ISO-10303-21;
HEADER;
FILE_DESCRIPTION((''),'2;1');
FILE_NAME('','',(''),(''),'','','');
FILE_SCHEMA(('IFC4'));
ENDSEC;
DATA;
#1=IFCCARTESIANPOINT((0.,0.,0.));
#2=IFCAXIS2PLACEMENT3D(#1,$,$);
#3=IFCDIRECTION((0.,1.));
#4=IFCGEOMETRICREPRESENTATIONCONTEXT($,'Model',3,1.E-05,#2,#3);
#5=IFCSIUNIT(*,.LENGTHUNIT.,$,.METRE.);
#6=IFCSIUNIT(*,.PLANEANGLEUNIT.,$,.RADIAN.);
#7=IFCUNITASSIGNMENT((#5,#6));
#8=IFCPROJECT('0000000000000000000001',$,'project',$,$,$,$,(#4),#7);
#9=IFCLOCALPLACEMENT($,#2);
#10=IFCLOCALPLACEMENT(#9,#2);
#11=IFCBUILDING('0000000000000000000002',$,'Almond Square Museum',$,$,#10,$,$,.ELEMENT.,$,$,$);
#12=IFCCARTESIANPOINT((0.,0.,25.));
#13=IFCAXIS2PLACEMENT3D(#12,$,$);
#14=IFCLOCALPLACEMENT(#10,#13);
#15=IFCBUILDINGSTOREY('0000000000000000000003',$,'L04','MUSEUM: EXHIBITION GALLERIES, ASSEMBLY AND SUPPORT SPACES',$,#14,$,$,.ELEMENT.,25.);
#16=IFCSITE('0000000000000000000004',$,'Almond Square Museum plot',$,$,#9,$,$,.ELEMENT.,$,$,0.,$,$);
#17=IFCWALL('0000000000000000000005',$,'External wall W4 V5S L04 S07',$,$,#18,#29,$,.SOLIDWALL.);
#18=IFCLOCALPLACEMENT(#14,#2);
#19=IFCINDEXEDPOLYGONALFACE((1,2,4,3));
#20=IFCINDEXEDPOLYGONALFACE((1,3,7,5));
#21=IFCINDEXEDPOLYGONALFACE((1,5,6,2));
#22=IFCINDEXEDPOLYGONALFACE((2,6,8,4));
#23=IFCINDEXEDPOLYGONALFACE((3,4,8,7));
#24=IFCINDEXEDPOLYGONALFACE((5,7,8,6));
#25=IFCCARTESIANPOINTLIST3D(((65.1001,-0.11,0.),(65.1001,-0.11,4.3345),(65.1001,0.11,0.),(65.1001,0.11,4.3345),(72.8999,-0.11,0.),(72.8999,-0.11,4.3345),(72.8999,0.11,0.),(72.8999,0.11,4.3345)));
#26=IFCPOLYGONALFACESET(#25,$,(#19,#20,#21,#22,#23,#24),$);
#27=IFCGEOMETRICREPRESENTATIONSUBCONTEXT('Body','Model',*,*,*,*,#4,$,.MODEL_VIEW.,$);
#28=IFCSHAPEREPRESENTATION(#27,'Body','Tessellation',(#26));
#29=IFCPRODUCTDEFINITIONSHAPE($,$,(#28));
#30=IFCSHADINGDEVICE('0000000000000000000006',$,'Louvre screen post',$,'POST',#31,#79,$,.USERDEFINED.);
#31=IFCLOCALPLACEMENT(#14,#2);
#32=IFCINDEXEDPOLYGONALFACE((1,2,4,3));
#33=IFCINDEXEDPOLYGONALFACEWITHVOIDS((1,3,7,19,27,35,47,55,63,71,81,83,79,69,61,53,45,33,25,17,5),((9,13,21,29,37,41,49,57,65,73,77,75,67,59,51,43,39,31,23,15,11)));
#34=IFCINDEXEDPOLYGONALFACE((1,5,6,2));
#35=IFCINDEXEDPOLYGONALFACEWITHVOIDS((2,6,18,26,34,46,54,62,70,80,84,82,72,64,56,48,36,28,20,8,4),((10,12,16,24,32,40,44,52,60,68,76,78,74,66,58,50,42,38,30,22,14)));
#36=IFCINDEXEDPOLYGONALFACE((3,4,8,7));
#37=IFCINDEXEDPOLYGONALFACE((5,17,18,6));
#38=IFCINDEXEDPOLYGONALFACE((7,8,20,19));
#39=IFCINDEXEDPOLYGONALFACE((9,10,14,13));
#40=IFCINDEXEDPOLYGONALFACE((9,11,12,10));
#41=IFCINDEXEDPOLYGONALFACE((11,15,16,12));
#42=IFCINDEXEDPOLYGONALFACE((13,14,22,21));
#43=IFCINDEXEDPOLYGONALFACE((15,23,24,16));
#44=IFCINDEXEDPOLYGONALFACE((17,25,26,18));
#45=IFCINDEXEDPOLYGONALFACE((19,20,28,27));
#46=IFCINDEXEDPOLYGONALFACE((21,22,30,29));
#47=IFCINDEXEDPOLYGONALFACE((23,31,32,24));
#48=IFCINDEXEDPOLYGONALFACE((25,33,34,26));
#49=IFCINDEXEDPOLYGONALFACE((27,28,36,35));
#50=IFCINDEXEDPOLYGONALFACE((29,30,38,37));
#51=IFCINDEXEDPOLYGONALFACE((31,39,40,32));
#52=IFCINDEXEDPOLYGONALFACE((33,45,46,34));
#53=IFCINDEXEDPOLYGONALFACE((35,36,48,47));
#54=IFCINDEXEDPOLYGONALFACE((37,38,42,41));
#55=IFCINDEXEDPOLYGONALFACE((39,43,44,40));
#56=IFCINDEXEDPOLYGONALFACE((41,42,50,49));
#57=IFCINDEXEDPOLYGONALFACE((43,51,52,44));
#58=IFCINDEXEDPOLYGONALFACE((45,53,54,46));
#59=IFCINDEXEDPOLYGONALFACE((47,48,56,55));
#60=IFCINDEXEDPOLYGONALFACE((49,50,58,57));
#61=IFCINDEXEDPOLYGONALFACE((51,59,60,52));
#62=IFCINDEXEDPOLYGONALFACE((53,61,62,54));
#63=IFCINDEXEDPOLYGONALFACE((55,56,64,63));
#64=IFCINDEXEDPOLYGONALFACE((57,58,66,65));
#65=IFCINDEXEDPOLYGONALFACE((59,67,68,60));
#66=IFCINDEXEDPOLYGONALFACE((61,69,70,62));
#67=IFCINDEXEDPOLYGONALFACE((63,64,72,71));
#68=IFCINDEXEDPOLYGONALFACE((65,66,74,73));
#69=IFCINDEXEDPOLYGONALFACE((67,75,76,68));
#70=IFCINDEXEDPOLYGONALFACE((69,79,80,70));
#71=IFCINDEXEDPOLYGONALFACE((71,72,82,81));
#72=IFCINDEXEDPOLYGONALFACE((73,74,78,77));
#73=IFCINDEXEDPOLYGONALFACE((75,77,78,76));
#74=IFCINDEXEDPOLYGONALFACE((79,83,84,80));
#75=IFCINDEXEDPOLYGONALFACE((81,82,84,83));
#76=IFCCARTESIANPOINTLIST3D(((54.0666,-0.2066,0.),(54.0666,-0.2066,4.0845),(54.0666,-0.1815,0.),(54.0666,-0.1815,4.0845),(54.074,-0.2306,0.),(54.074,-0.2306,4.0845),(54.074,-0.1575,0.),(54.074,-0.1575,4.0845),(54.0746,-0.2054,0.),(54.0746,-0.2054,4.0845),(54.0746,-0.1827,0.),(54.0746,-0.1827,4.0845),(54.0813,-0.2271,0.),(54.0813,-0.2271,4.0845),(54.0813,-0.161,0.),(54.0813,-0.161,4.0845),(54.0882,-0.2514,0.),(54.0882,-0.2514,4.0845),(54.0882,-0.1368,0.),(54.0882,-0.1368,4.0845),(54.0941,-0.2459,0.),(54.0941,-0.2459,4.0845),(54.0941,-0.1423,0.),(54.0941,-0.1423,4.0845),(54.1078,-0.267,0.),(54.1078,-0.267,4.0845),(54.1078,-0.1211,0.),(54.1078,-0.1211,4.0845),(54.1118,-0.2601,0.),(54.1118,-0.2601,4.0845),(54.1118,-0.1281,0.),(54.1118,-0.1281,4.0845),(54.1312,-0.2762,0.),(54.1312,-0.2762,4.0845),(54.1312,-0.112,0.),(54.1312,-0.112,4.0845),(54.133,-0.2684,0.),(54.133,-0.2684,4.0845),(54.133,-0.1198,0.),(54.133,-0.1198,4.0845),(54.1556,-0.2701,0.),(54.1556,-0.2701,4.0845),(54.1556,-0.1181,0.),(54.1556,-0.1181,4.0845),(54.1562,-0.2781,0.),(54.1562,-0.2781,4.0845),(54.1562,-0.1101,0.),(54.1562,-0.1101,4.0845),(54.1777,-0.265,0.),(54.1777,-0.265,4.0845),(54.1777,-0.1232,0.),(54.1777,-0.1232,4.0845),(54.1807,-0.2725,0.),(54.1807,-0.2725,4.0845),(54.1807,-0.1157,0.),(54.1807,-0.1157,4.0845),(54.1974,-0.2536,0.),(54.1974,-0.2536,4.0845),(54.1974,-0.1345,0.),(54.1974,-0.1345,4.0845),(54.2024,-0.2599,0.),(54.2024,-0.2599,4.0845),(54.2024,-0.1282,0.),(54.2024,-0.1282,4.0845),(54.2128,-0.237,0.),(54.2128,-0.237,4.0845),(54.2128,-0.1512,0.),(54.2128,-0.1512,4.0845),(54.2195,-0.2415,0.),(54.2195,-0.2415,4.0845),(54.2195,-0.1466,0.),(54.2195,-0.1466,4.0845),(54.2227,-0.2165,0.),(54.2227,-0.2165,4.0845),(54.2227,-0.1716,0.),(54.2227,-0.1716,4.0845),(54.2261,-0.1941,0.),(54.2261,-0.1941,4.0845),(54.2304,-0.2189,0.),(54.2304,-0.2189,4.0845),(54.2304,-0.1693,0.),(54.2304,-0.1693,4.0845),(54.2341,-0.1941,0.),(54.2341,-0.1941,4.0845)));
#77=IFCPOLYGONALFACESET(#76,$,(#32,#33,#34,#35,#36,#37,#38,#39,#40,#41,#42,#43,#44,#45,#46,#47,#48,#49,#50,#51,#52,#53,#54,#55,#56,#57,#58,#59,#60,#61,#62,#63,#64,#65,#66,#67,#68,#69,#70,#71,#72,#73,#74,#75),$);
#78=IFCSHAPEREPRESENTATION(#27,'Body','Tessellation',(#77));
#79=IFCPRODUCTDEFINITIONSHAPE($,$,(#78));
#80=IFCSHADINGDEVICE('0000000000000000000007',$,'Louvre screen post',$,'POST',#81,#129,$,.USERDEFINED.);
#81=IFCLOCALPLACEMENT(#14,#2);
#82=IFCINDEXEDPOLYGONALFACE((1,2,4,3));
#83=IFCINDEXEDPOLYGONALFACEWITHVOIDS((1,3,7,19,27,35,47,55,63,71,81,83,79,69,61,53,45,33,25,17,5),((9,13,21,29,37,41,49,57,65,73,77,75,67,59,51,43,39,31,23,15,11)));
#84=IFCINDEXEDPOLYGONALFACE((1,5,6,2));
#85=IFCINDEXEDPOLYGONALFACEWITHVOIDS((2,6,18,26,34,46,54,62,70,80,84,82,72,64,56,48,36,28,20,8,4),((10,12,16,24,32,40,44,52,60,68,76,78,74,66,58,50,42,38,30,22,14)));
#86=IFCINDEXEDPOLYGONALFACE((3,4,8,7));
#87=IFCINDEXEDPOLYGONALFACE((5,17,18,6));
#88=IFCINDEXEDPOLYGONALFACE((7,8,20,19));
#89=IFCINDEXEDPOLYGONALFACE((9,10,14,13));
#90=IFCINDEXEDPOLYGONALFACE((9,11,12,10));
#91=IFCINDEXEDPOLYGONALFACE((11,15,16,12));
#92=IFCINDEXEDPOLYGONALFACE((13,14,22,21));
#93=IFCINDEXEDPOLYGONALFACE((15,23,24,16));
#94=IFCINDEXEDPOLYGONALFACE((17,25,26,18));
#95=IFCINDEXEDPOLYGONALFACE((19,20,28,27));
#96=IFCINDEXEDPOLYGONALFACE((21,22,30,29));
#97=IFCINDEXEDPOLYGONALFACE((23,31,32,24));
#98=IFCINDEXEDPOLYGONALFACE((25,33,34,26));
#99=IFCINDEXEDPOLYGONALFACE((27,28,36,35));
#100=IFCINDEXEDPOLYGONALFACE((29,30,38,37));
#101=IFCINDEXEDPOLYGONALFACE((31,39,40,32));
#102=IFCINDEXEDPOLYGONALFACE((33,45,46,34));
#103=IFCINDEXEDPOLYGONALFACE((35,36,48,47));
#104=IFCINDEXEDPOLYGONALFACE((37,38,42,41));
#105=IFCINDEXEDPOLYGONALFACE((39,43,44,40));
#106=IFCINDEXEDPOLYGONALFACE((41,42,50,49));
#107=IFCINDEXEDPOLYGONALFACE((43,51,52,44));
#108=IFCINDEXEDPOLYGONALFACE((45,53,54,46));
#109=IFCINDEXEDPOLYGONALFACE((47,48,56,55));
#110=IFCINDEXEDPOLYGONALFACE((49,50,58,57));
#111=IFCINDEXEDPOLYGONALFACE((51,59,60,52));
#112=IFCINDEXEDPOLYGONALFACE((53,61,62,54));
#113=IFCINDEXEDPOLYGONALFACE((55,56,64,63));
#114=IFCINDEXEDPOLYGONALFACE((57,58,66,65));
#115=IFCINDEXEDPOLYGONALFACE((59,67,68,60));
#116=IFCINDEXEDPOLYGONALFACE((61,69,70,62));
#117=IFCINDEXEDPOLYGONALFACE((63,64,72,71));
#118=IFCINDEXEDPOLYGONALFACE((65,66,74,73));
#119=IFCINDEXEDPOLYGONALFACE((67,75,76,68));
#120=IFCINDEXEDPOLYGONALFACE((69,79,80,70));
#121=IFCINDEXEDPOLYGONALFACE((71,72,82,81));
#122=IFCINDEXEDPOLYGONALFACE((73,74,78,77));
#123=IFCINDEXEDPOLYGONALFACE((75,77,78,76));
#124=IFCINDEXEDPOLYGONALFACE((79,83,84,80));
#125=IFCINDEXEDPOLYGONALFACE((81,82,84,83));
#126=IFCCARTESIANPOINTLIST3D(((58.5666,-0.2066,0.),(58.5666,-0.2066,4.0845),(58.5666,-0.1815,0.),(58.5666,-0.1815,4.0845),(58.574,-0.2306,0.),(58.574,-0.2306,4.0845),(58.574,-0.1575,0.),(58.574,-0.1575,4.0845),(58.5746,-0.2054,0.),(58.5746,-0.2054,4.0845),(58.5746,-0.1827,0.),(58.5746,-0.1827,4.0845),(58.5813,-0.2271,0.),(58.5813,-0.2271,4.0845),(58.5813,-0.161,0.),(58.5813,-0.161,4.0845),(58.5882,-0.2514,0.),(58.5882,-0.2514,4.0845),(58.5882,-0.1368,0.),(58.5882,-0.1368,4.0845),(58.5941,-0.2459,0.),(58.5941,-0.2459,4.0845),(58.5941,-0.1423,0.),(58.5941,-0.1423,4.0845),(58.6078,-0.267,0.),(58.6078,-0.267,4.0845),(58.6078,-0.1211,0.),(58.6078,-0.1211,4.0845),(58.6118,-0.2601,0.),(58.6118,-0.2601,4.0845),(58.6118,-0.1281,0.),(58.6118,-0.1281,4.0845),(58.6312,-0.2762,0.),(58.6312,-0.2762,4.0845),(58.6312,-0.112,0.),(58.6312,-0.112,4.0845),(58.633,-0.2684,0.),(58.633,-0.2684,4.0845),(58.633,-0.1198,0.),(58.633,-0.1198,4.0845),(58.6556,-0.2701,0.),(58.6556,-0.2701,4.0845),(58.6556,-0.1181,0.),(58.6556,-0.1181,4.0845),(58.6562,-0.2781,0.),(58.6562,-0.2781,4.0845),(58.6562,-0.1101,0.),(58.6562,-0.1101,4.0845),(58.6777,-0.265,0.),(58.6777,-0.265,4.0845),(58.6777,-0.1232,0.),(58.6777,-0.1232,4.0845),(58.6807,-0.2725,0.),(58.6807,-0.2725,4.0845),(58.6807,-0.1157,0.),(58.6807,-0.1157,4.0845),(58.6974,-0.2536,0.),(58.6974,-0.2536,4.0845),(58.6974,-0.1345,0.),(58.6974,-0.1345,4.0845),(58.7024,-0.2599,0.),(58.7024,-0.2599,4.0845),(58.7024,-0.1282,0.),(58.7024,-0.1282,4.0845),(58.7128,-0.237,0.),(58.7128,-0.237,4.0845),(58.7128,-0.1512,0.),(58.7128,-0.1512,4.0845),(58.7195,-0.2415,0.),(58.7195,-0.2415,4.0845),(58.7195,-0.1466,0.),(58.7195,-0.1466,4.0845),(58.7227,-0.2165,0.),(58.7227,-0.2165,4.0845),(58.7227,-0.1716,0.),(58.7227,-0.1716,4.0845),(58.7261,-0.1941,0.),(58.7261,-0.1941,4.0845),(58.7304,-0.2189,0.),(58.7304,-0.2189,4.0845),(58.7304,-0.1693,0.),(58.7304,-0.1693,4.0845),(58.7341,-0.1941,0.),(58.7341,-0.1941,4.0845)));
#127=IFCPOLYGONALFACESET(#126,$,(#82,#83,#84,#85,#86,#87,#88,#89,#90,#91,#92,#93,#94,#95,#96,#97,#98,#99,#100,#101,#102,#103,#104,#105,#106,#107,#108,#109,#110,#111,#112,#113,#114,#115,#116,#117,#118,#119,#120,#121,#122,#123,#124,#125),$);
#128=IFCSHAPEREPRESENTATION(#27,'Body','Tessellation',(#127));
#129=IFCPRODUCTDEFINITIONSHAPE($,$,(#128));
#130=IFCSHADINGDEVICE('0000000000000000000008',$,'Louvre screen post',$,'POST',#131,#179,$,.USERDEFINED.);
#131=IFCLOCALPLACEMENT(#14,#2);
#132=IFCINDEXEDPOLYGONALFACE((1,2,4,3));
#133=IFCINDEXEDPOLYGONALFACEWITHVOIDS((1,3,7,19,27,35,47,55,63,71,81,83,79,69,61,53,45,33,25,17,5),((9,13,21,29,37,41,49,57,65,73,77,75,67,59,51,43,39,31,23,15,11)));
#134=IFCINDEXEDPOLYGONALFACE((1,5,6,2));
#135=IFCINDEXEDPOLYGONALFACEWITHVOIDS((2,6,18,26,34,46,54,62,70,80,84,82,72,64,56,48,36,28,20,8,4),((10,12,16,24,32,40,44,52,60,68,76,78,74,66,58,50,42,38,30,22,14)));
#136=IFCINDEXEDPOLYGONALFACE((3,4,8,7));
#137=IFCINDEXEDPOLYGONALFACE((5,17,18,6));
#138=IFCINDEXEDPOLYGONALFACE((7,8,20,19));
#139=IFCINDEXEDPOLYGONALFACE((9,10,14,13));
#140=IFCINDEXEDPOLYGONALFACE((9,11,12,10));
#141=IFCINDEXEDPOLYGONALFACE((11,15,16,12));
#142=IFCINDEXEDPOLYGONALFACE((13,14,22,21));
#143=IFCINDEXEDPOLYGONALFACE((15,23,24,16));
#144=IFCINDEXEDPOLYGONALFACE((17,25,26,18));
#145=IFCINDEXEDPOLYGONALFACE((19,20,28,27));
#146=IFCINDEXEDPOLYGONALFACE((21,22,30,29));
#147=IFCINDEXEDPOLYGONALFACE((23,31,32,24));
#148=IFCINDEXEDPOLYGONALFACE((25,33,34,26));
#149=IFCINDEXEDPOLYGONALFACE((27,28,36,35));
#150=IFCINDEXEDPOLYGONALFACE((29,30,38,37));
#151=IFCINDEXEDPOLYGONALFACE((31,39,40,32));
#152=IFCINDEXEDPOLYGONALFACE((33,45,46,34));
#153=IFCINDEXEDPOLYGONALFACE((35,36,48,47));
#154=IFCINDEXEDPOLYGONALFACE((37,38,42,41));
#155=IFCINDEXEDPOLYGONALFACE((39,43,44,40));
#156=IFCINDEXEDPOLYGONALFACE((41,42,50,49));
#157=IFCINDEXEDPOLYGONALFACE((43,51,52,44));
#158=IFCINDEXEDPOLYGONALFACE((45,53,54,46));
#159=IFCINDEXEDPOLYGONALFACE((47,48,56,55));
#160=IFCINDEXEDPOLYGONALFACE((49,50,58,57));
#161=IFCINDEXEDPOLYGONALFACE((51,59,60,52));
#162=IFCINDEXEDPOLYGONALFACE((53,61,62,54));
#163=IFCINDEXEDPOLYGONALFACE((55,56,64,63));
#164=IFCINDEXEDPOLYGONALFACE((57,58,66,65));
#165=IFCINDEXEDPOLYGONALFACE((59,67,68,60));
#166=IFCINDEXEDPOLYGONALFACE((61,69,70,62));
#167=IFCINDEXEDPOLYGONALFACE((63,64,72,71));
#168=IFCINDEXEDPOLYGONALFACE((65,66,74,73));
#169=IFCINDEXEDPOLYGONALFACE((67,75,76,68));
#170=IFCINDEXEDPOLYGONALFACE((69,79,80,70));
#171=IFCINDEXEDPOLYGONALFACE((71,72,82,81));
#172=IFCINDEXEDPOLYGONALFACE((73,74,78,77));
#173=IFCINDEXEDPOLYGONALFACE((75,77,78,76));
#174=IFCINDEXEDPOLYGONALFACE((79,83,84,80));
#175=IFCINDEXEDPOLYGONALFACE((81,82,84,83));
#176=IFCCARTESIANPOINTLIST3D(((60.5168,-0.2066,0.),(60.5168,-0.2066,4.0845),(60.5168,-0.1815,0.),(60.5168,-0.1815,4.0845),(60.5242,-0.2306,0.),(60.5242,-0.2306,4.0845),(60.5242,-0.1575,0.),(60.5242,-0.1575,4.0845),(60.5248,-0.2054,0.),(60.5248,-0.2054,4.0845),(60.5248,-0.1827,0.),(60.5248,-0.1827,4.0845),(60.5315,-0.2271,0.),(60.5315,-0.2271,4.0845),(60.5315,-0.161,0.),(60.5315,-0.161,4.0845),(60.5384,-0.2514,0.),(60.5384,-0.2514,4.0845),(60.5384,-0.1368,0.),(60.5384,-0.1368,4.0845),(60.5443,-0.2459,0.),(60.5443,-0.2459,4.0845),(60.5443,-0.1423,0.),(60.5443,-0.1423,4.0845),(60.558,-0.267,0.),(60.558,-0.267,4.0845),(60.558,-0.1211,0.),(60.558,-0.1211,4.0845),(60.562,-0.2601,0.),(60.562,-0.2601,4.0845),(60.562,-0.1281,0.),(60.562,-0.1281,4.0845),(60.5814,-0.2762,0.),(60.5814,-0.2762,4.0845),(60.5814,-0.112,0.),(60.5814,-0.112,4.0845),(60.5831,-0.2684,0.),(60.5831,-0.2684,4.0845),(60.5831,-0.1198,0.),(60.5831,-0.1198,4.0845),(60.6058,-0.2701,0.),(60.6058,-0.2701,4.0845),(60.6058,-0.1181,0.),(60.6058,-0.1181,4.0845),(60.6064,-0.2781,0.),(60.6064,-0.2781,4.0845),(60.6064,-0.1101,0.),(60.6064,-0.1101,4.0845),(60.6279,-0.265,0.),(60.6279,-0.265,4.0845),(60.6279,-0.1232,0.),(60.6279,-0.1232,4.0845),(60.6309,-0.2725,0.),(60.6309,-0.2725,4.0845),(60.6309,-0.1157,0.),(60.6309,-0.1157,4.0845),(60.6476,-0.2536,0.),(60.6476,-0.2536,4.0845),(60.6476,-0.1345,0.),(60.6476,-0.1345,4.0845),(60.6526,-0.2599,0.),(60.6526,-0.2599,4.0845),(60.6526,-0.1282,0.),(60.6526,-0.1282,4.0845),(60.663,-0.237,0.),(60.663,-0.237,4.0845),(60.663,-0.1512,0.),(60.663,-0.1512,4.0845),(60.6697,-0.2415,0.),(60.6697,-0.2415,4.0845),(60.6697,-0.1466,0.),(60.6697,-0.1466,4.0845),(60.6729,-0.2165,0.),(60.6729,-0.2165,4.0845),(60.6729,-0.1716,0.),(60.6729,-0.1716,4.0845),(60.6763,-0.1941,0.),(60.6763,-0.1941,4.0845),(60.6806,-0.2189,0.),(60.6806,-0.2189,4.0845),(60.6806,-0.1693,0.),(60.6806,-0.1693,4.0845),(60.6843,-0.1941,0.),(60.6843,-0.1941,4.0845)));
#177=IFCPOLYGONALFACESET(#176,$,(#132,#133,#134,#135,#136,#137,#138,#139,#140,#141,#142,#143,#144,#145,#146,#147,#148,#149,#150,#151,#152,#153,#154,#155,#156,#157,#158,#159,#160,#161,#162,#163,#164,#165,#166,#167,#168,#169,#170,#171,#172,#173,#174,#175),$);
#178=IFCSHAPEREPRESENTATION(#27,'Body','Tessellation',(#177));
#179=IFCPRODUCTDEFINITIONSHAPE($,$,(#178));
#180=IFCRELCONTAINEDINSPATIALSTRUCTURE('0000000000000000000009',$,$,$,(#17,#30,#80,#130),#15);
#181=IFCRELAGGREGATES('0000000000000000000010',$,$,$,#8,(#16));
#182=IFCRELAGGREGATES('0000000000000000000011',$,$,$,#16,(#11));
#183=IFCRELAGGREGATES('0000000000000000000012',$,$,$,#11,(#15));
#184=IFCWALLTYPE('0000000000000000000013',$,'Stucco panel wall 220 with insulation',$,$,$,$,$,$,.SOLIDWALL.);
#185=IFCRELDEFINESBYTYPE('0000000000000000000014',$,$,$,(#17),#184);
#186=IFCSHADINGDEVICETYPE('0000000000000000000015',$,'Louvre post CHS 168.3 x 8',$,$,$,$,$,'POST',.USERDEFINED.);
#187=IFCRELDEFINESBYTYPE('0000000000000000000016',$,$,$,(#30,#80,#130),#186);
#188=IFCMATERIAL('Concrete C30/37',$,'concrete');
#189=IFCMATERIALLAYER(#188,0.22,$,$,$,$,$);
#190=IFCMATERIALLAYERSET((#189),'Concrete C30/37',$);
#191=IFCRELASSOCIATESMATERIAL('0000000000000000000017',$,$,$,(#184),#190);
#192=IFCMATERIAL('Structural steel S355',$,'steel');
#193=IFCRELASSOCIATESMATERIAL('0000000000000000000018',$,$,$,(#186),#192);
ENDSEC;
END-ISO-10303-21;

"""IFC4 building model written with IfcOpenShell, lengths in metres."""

from ifc_helpers import new_model, si_unit, direction, frame, frame_2d, origin, origin_2d, place, context, subcontext, project, spatial, rectangle, hollow_circle, extrude, material, layer, layer_set, material_profile, profile_set, type_object, element, save


model = new_model("IFC4")

# Units and contexts
model_context = context("Model", 3, precision=1e-05, world=origin(), true_north=direction((0.0, 1.0)))
body_context = subcontext(model_context, "Body", "Model", "MODEL_VIEW")
ifc_project = project(units=[si_unit("LENGTHUNIT", "METRE"), si_unit("PLANEANGLEUNIT", "RADIAN")], contexts=[model_context])

# Site, building, storey
site_placement = place(None, origin())
site = spatial("IfcSite", under=ifc_project, at=site_placement, Name="Almond Square Museum plot", CompositionType="ELEMENT", RefElevation=0.0)
building_placement = place(site_placement, origin())
building = spatial("IfcBuilding", under=site, at=building_placement, Name="Almond Square Museum", CompositionType="ELEMENT")
storey_placement = place(building_placement, frame((0.0, 0.0, 25.0)))
storey = spatial("IfcBuildingStorey", under=building, at=storey_placement, Name="L04", Description="MUSEUM: EXHIBITION GALLERIES, ASSEMBLY AND SUPPORT SPACES", CompositionType="ELEMENT", Elevation=25.0)

# Wall
ifc_material_1 = material(Name="Concrete C30/37", Category="concrete")
ifc_layer = layer(ifc_material_1, 0.22)
ifc_layer_set = layer_set([ifc_layer], Name="Concrete C30/37")
wall_type = type_object("IfcWallType", Name="Stucco panel wall 220 with insulation", PredefinedType="SOLIDWALL", material=ifc_layer_set)
wall_1_placement = place(storey_placement, frame((65.1001, 0.0, 0.0), z_axis=(0.0, 0.0, 1.0), x_axis=(1.0, 0.0, 0.0)))
element("IfcWall", 1, at=wall_1_placement, inside=storey, type_object=wall_type, Name="External wall W4 V5S L04 S07", PredefinedType="SOLIDWALL", context=body_context, shape_type="SweptSolid", body=[
    extrude(rectangle(XDim=7.7998, YDim=0.22, at=frame_2d((3.8999, 0.0))), origin(), (0.0, 0.0, 1.0), 4.3345),
])

# Shading devices
ifc_material_2 = material(Name="Structural steel S355", Category="steel")
ifc_material_profile_1 = material_profile(ifc_material_2, hollow_circle(Radius=0.0842, WallThickness=0.0081, at=origin_2d()))
ifc_profile_set_1 = profile_set([ifc_material_profile_1], Name="Structural steel S355")
shading_device_type = type_object("IfcShadingDeviceType", Name="Louvre post CHS 168.3 x 8", ElementType="POST", PredefinedType="USERDEFINED", material=ifc_profile_set_1)
for number, where, z_axis, x_axis, name in (
    (2, (54.1499, -0.1941, 0.0), (0.0, 0.0, 1.0), (1.0, 0.0, 0.0), "Louvre screen post"),
    (3, (58.6499, -0.1941, 0.0), (0.0, 0.0, 1.0), (1.0, 0.0, 0.0), "Louvre screen post"),
    (4, (60.6001, -0.1941, 0.0), (0.0, 0.0, 1.0), (1.0, 0.0, 0.0), "Louvre screen post"),
):
    element("IfcShadingDevice", number, at=place(storey_placement, frame(where, z_axis=z_axis, x_axis=x_axis)), inside=storey, type_object=shading_device_type, Name=name, ObjectType="POST", PredefinedType="USERDEFINED", context=body_context, shape_type="SweptSolid", body=[
        extrude(hollow_circle(Radius=0.0842, WallThickness=0.0081, at=origin_2d()), origin(), (0.0, 0.0, 1.0), 4.0845),
    ])

save(model, "model.ifc")
